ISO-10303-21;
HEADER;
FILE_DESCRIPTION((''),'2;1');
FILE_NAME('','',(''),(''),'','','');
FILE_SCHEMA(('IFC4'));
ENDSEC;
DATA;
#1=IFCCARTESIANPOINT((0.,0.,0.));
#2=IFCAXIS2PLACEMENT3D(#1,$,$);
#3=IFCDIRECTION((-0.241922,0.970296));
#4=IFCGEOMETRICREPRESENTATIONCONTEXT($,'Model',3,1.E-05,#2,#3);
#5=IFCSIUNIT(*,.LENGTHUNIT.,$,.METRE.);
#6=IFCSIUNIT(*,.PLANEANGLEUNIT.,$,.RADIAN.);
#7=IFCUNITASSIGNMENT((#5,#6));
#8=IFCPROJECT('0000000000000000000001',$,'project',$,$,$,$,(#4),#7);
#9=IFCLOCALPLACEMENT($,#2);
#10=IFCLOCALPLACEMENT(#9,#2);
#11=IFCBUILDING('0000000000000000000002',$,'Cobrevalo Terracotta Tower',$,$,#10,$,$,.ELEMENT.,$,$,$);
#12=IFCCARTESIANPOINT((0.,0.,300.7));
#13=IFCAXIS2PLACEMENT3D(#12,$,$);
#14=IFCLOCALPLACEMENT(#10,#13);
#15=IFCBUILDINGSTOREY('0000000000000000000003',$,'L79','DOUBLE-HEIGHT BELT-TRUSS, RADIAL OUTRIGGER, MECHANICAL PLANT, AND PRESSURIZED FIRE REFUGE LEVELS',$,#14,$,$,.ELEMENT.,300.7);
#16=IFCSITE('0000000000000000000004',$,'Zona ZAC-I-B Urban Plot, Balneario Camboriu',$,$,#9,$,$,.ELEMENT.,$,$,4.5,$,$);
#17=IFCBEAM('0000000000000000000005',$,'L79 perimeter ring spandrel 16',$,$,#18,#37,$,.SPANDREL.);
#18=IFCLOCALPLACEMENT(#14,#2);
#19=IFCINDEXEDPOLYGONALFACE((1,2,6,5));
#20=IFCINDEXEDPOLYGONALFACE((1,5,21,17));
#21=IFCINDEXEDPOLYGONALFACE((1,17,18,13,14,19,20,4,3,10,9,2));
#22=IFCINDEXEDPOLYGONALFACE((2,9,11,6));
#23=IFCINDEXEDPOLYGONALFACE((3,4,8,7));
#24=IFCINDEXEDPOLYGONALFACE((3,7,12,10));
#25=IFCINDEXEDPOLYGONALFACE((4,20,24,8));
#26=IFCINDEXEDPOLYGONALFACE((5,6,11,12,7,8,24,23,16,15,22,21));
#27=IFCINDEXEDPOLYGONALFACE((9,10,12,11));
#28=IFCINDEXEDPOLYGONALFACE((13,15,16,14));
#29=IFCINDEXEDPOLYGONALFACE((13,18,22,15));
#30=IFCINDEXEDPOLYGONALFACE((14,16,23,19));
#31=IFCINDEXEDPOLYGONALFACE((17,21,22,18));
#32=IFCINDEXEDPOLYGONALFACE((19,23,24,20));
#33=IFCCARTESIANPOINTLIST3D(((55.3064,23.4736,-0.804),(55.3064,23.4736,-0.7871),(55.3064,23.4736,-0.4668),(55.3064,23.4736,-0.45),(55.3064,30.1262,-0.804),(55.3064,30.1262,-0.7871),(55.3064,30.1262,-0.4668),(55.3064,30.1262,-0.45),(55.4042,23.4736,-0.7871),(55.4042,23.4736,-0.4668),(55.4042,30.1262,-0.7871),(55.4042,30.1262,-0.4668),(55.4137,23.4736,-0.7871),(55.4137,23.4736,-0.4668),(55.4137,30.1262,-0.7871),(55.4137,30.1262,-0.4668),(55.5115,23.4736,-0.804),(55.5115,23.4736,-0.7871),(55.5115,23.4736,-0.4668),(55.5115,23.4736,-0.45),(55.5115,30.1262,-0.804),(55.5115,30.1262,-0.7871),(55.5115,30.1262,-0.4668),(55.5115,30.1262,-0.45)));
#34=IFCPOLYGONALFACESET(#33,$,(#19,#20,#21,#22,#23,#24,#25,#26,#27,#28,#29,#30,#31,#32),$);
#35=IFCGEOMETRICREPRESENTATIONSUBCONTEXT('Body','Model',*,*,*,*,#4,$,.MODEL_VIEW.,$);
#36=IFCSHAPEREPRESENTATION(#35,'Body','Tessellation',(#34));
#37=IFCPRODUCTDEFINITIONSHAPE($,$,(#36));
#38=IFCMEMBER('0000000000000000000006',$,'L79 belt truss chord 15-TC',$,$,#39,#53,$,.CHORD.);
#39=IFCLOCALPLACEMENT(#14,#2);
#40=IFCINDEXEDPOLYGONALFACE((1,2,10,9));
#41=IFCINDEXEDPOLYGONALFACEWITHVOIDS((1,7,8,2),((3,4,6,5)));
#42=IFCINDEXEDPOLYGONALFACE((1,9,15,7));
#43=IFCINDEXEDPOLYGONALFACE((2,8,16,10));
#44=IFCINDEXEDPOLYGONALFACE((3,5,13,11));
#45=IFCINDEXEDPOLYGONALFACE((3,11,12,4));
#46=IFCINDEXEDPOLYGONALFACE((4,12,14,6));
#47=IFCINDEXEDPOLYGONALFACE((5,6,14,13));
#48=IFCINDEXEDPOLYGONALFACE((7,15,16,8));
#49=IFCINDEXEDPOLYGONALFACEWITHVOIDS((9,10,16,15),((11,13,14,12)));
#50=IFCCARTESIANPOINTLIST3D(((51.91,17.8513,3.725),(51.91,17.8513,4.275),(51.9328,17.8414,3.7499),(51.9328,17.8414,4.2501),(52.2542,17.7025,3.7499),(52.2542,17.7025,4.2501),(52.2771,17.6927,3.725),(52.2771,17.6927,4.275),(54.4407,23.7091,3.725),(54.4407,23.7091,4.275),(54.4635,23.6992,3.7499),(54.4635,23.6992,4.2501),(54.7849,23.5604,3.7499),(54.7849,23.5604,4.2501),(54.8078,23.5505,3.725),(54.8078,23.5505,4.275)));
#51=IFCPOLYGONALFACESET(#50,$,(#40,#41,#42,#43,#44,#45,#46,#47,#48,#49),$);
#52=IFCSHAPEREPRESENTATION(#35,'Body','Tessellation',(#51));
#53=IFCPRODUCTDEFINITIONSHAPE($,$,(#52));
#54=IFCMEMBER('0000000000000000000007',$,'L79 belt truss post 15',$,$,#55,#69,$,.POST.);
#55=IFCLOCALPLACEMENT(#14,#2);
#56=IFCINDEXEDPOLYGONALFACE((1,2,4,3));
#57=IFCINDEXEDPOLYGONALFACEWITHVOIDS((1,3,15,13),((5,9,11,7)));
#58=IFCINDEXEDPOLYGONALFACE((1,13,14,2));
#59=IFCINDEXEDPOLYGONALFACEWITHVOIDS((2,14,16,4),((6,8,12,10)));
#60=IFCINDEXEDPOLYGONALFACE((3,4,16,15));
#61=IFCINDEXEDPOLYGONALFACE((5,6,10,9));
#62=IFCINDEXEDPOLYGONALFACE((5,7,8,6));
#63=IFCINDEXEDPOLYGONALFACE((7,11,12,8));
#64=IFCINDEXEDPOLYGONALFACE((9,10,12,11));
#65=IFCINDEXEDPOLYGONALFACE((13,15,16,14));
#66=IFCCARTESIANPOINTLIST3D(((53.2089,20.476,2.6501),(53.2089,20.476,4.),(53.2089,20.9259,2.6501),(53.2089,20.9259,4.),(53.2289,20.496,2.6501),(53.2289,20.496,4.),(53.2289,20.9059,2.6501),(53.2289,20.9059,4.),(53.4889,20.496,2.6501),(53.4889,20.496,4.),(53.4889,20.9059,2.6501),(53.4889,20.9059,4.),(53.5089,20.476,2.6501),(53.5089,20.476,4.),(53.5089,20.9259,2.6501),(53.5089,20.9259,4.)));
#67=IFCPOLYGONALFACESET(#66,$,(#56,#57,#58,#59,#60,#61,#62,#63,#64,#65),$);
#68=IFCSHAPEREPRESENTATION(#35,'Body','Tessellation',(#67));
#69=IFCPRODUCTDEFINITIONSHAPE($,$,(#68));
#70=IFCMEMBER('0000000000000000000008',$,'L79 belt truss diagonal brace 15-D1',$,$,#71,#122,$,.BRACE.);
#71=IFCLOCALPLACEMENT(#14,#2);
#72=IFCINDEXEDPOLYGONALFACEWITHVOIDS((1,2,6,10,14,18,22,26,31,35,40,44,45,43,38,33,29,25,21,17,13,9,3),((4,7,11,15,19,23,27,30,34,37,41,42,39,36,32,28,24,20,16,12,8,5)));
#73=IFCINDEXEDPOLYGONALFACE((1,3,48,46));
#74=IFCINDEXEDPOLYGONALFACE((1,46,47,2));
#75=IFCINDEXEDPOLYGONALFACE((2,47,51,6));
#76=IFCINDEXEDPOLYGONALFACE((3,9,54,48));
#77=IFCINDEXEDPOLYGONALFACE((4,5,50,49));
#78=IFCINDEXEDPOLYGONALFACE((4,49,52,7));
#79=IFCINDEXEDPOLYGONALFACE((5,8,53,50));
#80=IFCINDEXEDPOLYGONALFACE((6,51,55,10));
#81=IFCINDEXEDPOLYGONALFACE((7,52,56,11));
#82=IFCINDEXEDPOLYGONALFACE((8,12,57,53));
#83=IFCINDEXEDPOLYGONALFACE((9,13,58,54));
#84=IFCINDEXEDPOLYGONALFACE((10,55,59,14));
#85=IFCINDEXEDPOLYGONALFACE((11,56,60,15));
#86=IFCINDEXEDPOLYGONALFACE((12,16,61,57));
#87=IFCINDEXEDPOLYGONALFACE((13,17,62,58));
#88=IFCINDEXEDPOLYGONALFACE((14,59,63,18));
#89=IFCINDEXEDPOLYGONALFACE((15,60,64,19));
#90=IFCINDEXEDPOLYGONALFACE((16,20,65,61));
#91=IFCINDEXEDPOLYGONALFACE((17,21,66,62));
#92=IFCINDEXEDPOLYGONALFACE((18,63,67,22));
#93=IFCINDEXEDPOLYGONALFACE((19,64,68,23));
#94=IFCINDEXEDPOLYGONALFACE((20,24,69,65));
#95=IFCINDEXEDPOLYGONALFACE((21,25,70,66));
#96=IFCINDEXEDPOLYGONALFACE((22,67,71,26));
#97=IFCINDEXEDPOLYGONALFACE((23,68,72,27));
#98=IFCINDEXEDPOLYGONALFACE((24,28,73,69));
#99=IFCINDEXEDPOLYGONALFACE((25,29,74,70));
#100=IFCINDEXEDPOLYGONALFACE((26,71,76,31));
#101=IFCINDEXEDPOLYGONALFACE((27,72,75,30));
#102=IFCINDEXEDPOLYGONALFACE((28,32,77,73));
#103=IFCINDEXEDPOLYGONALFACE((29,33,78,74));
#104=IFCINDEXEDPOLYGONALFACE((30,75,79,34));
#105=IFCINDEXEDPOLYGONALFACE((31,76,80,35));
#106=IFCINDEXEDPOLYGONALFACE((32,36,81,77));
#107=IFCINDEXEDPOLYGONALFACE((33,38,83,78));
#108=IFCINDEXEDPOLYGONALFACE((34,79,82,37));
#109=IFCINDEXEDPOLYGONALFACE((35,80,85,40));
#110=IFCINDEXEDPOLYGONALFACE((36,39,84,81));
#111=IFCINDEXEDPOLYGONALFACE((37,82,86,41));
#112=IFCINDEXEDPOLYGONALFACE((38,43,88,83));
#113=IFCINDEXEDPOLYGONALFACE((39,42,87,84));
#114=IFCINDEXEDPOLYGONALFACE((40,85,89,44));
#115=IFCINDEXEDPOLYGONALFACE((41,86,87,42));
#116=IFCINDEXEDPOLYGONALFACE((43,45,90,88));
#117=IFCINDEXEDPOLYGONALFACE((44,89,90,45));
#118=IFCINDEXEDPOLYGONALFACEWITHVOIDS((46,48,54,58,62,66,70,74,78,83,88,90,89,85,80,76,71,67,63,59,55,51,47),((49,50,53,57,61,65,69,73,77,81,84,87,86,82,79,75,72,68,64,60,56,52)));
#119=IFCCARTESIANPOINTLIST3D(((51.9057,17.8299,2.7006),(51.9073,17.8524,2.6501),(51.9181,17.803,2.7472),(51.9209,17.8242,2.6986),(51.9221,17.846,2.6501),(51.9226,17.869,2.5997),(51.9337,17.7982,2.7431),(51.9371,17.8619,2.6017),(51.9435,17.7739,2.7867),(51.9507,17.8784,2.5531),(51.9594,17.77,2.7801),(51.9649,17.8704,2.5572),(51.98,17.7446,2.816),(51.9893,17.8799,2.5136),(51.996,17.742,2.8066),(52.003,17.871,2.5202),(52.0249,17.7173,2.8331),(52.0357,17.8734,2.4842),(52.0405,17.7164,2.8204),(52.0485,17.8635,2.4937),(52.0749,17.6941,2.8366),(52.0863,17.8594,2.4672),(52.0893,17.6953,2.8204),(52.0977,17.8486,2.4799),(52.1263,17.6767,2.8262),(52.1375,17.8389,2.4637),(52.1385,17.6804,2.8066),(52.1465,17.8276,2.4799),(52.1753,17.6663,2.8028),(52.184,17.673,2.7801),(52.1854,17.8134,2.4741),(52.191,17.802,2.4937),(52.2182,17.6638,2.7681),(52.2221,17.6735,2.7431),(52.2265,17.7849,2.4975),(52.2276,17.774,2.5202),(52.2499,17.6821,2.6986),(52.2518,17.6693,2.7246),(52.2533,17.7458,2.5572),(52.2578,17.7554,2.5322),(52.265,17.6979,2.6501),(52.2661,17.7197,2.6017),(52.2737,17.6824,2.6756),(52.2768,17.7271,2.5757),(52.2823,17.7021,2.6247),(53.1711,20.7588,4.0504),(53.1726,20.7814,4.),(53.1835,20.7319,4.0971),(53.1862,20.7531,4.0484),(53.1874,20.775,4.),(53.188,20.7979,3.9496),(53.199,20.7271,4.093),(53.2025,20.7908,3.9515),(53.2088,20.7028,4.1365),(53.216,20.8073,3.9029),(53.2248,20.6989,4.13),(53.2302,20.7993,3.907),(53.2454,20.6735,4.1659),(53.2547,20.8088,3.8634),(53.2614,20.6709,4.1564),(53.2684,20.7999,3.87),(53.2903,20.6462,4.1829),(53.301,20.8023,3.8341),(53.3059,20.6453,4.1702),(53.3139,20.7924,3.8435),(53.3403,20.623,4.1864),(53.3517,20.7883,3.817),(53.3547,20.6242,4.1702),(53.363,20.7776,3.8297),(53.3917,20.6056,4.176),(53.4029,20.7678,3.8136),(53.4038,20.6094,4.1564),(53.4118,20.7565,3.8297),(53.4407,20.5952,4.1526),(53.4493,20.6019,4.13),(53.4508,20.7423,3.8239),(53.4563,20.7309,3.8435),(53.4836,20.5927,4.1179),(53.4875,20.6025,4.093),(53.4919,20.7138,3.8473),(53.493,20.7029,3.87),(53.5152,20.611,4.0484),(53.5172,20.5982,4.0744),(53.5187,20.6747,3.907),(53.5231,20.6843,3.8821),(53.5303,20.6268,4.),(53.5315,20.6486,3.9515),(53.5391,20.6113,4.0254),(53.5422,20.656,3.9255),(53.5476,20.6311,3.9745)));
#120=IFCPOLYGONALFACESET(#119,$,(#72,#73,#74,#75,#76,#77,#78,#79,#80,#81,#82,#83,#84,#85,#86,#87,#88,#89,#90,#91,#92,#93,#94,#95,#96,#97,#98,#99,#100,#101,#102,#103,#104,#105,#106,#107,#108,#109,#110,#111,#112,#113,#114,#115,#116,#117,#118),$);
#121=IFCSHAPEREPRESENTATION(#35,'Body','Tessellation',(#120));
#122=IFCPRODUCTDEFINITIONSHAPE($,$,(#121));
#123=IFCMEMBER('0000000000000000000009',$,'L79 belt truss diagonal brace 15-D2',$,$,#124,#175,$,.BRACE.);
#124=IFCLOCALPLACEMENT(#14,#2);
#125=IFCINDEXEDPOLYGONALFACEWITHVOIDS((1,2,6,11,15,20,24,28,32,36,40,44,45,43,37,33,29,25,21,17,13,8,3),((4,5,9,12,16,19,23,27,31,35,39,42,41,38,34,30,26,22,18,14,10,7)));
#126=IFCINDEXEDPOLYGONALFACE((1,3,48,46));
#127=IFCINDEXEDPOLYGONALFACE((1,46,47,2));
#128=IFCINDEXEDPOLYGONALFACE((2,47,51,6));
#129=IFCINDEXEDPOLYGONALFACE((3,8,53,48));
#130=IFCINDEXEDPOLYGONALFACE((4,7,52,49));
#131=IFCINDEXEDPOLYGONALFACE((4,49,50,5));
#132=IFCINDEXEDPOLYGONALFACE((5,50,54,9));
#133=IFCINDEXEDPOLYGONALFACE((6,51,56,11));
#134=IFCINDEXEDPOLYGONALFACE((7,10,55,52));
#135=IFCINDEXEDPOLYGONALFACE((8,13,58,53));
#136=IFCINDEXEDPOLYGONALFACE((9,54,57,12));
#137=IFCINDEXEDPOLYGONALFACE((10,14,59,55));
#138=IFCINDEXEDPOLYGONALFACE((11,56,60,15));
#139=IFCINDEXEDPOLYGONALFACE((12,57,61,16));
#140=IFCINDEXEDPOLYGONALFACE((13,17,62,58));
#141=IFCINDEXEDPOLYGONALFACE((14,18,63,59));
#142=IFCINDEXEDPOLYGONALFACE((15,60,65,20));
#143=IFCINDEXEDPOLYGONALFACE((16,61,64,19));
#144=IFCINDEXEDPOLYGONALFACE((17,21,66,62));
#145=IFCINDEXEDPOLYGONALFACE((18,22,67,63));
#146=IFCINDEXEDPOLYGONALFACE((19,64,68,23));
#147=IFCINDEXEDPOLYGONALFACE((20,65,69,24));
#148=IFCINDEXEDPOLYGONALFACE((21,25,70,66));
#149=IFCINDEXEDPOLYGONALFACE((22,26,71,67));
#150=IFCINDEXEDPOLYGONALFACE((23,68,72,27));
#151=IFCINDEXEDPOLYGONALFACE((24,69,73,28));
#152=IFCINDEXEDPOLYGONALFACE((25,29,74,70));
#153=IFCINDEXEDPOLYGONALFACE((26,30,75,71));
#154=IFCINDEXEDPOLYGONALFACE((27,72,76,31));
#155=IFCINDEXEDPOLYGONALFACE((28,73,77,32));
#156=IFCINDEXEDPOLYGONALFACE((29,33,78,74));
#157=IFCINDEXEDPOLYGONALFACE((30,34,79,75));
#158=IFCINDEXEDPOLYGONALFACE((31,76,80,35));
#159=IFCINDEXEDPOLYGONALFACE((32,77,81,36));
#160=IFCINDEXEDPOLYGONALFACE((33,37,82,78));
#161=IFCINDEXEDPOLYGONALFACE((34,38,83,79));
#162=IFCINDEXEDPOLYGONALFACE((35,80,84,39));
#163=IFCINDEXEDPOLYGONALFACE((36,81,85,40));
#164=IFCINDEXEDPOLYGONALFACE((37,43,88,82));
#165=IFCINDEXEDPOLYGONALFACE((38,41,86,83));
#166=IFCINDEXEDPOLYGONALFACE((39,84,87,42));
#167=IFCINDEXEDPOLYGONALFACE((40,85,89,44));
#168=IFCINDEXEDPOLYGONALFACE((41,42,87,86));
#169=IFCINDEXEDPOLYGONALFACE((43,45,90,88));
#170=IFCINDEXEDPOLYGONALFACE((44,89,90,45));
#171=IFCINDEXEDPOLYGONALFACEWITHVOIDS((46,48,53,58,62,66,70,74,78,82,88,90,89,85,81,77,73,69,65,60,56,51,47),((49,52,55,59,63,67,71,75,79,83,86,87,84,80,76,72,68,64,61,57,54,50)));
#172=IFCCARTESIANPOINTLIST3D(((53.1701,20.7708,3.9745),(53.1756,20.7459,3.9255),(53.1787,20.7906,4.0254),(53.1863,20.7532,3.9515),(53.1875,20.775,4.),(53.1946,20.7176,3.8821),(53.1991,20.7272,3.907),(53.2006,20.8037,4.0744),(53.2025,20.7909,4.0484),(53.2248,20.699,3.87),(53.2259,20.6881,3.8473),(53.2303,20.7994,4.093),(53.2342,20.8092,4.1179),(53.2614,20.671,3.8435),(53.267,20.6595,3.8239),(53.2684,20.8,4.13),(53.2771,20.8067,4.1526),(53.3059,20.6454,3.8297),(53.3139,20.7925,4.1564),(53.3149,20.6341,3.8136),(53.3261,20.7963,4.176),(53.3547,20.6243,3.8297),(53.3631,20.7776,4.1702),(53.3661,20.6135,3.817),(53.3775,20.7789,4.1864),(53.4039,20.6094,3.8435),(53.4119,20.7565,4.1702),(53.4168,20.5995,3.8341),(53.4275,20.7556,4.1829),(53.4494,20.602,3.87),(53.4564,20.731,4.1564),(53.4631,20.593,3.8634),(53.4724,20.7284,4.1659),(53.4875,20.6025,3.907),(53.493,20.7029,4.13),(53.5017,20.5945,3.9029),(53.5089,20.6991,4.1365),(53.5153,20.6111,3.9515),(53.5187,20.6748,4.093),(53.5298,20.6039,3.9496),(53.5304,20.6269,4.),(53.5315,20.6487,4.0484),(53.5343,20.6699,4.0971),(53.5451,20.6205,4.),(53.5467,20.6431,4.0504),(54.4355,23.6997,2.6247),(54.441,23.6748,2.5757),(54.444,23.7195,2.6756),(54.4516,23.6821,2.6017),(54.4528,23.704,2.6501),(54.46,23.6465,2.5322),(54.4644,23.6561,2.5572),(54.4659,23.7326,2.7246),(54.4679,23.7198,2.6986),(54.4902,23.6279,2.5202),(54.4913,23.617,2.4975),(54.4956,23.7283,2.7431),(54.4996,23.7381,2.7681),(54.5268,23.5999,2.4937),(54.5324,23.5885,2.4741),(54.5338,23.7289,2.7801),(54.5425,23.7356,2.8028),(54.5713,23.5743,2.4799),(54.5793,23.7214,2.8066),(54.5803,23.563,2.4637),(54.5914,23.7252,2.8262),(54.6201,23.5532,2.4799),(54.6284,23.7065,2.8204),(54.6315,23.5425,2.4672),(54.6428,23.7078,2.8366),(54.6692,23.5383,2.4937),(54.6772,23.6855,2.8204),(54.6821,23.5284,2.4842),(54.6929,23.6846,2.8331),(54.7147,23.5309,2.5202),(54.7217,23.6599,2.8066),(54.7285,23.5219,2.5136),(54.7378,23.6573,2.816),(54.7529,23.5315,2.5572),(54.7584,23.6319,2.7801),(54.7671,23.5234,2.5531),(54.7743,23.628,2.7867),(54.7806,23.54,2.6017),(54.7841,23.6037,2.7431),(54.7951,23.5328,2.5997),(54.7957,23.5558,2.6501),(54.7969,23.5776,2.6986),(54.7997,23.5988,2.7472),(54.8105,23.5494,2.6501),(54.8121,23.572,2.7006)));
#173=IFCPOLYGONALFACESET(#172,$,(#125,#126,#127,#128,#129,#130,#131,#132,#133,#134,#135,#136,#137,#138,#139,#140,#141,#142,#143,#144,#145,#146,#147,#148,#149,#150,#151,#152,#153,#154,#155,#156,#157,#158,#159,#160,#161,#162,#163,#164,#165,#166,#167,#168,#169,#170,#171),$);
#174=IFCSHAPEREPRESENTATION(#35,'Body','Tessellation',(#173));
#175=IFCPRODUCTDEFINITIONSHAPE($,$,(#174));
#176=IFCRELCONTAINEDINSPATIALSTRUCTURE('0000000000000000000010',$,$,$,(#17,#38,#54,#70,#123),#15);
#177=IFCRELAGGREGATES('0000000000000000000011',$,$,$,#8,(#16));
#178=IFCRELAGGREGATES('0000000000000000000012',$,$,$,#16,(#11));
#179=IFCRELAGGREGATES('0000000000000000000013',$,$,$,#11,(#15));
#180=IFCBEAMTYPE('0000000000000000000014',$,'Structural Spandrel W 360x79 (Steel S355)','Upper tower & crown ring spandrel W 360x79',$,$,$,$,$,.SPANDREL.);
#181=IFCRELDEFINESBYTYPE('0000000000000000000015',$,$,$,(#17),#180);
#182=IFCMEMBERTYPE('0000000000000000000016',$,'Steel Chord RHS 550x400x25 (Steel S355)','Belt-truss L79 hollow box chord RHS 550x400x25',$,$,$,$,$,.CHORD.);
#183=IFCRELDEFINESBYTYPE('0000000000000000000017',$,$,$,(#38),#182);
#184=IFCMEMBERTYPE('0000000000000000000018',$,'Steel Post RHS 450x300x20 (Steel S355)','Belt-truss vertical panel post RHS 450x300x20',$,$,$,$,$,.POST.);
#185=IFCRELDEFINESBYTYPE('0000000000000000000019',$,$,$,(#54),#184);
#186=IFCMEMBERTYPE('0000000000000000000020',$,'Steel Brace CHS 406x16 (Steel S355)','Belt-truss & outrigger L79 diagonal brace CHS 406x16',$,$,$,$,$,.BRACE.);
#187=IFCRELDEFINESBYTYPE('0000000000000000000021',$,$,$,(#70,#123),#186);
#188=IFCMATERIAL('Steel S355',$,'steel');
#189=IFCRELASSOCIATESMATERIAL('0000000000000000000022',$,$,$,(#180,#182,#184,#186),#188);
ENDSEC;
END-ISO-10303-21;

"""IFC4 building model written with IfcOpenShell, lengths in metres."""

from ifc_helpers import new_model, si_unit, direction, frame, origin, origin_2d, place, context, subcontext, project, spatial, hollow_rectangle, hollow_circle, i_section, extrude, source, transform, mapped, material, material_profile, profile_set, type_object, element, save


model = new_model("IFC4")

# Units and contexts
model_context = context("Model", 3, precision=1e-05, world=origin(), true_north=direction((-0.241922, 0.970296)))
body_context = subcontext(model_context, "Body", "Model", "MODEL_VIEW")
ifc_project = project(units=[si_unit("LENGTHUNIT", "METRE"), si_unit("PLANEANGLEUNIT", "RADIAN")], contexts=[model_context])

# Site, building, storey
site_placement = place(None, origin())
site = spatial("IfcSite", under=ifc_project, at=site_placement, Name="Zona ZAC-I-B Urban Plot, Balneario Camboriu", CompositionType="ELEMENT", RefElevation=4.5)
building_placement = place(site_placement, origin())
building = spatial("IfcBuilding", under=site, at=building_placement, Name="Cobrevalo Terracotta Tower", CompositionType="ELEMENT")
storey_placement = place(building_placement, frame((0.0, 0.0, 300.7)))
storey = spatial("IfcBuildingStorey", under=building, at=storey_placement, Name="L79", Description="DOUBLE-HEIGHT BELT-TRUSS, RADIAL OUTRIGGER, MECHANICAL PLANT, AND PRESSURIZED FIRE REFUGE LEVELS", CompositionType="ELEMENT", Elevation=300.7)

# Shared definitions
ifc_material_1 = material(Name="Steel S355", Category="steel")

# Beam
ifc_material_profile_1 = material_profile(ifc_material_1, i_section(OverallWidth=0.2051, OverallDepth=0.354, WebThickness=0.0095, FlangeThickness=0.0168, at=origin_2d()), Name="W 360x79")
ifc_profile_set_1 = profile_set([ifc_material_profile_1], Name="Steel S355")
beam_type_1 = type_object("IfcBeamType", Name="Structural Spandrel W 360x79 (Steel S355)", Description="Upper tower & crown ring spandrel W 360x79", PredefinedType="SPANDREL", material=ifc_profile_set_1)
beam_1_placement = place(storey_placement, frame((55.4089, 23.4736, -0.627), z_axis=(0.0, 1.0, 0.0), x_axis=(-1.0, 0.0, 0.0)))
element("IfcBeam", 1, at=beam_1_placement, inside=storey, type_object=beam_type_1, Name="L79 perimeter ring spandrel 16", PredefinedType="SPANDREL", context=body_context, shape_type="SweptSolid", body=[
    extrude(i_section(OverallWidth=0.2051, OverallDepth=0.354, WebThickness=0.0095, FlangeThickness=0.0168, at=origin_2d()), origin(), (0.0, 0.0, 1.0), 6.6526),
])

# Members
ifc_material_profile_2 = material_profile(ifc_material_1, hollow_rectangle(XDim=0.3999, YDim=0.55, WallThickness=0.0249, at=origin_2d()), Name="RHS 550x400x25")
ifc_profile_set_2 = profile_set([ifc_material_profile_2], Name="Steel S355")
member_type_1 = type_object("IfcMemberType", Name="Steel Chord RHS 550x400x25 (Steel S355)", Description="Belt-truss L79 hollow box chord RHS 550x400x25", PredefinedType="CHORD", material=ifc_profile_set_2)
shared_shape_1 = source(origin(), body_context, "Body", "SweptSolid", [
    extrude(hollow_rectangle(XDim=0.3999, YDim=0.55, WallThickness=0.0249, at=origin_2d()), origin(), (0.0, 0.0, 1.0), 6.3811),
])
member_1_placement = place(storey_placement, frame((52.0935, 17.772, 4.0), z_axis=(0.396596, 0.917993, 0.0), x_axis=(-0.917993, 0.396596, 0.0)))
element("IfcMember", 2, at=member_1_placement, inside=storey, type_object=member_type_1, Name="L79 belt truss chord 15-TC", PredefinedType="CHORD", context=body_context, shape_type="MappedRepresentation", body=[
    mapped(shared_shape_1, transform((0.0, 0.0, 0.0), scale=1.0)),
])
ifc_material_profile_3 = material_profile(ifc_material_1, hollow_rectangle(XDim=0.3, YDim=0.45, WallThickness=0.02, at=origin_2d()), Name="RHS 450x300x20")
ifc_profile_set_3 = profile_set([ifc_material_profile_3], Name="Steel S355")
member_type_2 = type_object("IfcMemberType", Name="Steel Post RHS 450x300x20 (Steel S355)", Description="Belt-truss vertical panel post RHS 450x300x20", PredefinedType="POST", material=ifc_profile_set_3)
shared_shape_2 = source(origin(), body_context, "Body", "SweptSolid", [
    extrude(hollow_rectangle(XDim=0.3, YDim=0.45, WallThickness=0.02, at=origin_2d()), origin(), (0.0, 0.0, 1.0), 1.3499),
])
member_2_placement = place(storey_placement, frame((53.3589, 20.7009, 2.6501), z_axis=(0.0, 0.0, 1.0), x_axis=(1.0, 0.0, 0.0)))
element("IfcMember", 3, at=member_2_placement, inside=storey, type_object=member_type_2, Name="L79 belt truss post 15", PredefinedType="POST", context=body_context, shape_type="MappedRepresentation", body=[
    mapped(shared_shape_2, transform((0.0, 0.0, 0.0), scale=1.0)),
])
ifc_material_profile_4 = material_profile(ifc_material_1, hollow_circle(Radius=0.2029, WallThickness=0.0161, at=origin_2d()), Name="CHS 406x16")
ifc_profile_set_4 = profile_set([ifc_material_profile_4], Name="Steel S355")
member_type_3 = type_object("IfcMemberType", Name="Steel Brace CHS 406x16 (Steel S355)", Description="Belt-truss & outrigger L79 diagonal brace CHS 406x16", PredefinedType="BRACE", material=ifc_profile_set_4)
shared_shape_3 = source(origin(), body_context, "Body", "SweptSolid", [
    extrude(hollow_circle(Radius=0.2029, WallThickness=0.0161, at=origin_2d()), origin(), (0.0, 0.0, 1.0), 3.4644),
])
for number, where, z_axis, x_axis, name in (
    (4, (52.0935, 17.772, 2.6501), (0.365252, 0.845444, 0.389636), (-0.917993, 0.396596, 0.0), "L79 belt truss diagonal brace 15-D1"),
    (5, (54.6243, 23.6299, 2.6501), (-0.365252, -0.845444, 0.389636), (0.917993, -0.396596, 0.0), "L79 belt truss diagonal brace 15-D2"),
):
    element("IfcMember", number, at=place(storey_placement, frame(where, z_axis=z_axis, x_axis=x_axis)), inside=storey, type_object=member_type_3, Name=name, PredefinedType="BRACE", context=body_context, shape_type="MappedRepresentation", body=[
        mapped(shared_shape_3, transform((0.0, 0.0, 0.0), scale=1.0)),
    ])

save(model, "model.ifc")
